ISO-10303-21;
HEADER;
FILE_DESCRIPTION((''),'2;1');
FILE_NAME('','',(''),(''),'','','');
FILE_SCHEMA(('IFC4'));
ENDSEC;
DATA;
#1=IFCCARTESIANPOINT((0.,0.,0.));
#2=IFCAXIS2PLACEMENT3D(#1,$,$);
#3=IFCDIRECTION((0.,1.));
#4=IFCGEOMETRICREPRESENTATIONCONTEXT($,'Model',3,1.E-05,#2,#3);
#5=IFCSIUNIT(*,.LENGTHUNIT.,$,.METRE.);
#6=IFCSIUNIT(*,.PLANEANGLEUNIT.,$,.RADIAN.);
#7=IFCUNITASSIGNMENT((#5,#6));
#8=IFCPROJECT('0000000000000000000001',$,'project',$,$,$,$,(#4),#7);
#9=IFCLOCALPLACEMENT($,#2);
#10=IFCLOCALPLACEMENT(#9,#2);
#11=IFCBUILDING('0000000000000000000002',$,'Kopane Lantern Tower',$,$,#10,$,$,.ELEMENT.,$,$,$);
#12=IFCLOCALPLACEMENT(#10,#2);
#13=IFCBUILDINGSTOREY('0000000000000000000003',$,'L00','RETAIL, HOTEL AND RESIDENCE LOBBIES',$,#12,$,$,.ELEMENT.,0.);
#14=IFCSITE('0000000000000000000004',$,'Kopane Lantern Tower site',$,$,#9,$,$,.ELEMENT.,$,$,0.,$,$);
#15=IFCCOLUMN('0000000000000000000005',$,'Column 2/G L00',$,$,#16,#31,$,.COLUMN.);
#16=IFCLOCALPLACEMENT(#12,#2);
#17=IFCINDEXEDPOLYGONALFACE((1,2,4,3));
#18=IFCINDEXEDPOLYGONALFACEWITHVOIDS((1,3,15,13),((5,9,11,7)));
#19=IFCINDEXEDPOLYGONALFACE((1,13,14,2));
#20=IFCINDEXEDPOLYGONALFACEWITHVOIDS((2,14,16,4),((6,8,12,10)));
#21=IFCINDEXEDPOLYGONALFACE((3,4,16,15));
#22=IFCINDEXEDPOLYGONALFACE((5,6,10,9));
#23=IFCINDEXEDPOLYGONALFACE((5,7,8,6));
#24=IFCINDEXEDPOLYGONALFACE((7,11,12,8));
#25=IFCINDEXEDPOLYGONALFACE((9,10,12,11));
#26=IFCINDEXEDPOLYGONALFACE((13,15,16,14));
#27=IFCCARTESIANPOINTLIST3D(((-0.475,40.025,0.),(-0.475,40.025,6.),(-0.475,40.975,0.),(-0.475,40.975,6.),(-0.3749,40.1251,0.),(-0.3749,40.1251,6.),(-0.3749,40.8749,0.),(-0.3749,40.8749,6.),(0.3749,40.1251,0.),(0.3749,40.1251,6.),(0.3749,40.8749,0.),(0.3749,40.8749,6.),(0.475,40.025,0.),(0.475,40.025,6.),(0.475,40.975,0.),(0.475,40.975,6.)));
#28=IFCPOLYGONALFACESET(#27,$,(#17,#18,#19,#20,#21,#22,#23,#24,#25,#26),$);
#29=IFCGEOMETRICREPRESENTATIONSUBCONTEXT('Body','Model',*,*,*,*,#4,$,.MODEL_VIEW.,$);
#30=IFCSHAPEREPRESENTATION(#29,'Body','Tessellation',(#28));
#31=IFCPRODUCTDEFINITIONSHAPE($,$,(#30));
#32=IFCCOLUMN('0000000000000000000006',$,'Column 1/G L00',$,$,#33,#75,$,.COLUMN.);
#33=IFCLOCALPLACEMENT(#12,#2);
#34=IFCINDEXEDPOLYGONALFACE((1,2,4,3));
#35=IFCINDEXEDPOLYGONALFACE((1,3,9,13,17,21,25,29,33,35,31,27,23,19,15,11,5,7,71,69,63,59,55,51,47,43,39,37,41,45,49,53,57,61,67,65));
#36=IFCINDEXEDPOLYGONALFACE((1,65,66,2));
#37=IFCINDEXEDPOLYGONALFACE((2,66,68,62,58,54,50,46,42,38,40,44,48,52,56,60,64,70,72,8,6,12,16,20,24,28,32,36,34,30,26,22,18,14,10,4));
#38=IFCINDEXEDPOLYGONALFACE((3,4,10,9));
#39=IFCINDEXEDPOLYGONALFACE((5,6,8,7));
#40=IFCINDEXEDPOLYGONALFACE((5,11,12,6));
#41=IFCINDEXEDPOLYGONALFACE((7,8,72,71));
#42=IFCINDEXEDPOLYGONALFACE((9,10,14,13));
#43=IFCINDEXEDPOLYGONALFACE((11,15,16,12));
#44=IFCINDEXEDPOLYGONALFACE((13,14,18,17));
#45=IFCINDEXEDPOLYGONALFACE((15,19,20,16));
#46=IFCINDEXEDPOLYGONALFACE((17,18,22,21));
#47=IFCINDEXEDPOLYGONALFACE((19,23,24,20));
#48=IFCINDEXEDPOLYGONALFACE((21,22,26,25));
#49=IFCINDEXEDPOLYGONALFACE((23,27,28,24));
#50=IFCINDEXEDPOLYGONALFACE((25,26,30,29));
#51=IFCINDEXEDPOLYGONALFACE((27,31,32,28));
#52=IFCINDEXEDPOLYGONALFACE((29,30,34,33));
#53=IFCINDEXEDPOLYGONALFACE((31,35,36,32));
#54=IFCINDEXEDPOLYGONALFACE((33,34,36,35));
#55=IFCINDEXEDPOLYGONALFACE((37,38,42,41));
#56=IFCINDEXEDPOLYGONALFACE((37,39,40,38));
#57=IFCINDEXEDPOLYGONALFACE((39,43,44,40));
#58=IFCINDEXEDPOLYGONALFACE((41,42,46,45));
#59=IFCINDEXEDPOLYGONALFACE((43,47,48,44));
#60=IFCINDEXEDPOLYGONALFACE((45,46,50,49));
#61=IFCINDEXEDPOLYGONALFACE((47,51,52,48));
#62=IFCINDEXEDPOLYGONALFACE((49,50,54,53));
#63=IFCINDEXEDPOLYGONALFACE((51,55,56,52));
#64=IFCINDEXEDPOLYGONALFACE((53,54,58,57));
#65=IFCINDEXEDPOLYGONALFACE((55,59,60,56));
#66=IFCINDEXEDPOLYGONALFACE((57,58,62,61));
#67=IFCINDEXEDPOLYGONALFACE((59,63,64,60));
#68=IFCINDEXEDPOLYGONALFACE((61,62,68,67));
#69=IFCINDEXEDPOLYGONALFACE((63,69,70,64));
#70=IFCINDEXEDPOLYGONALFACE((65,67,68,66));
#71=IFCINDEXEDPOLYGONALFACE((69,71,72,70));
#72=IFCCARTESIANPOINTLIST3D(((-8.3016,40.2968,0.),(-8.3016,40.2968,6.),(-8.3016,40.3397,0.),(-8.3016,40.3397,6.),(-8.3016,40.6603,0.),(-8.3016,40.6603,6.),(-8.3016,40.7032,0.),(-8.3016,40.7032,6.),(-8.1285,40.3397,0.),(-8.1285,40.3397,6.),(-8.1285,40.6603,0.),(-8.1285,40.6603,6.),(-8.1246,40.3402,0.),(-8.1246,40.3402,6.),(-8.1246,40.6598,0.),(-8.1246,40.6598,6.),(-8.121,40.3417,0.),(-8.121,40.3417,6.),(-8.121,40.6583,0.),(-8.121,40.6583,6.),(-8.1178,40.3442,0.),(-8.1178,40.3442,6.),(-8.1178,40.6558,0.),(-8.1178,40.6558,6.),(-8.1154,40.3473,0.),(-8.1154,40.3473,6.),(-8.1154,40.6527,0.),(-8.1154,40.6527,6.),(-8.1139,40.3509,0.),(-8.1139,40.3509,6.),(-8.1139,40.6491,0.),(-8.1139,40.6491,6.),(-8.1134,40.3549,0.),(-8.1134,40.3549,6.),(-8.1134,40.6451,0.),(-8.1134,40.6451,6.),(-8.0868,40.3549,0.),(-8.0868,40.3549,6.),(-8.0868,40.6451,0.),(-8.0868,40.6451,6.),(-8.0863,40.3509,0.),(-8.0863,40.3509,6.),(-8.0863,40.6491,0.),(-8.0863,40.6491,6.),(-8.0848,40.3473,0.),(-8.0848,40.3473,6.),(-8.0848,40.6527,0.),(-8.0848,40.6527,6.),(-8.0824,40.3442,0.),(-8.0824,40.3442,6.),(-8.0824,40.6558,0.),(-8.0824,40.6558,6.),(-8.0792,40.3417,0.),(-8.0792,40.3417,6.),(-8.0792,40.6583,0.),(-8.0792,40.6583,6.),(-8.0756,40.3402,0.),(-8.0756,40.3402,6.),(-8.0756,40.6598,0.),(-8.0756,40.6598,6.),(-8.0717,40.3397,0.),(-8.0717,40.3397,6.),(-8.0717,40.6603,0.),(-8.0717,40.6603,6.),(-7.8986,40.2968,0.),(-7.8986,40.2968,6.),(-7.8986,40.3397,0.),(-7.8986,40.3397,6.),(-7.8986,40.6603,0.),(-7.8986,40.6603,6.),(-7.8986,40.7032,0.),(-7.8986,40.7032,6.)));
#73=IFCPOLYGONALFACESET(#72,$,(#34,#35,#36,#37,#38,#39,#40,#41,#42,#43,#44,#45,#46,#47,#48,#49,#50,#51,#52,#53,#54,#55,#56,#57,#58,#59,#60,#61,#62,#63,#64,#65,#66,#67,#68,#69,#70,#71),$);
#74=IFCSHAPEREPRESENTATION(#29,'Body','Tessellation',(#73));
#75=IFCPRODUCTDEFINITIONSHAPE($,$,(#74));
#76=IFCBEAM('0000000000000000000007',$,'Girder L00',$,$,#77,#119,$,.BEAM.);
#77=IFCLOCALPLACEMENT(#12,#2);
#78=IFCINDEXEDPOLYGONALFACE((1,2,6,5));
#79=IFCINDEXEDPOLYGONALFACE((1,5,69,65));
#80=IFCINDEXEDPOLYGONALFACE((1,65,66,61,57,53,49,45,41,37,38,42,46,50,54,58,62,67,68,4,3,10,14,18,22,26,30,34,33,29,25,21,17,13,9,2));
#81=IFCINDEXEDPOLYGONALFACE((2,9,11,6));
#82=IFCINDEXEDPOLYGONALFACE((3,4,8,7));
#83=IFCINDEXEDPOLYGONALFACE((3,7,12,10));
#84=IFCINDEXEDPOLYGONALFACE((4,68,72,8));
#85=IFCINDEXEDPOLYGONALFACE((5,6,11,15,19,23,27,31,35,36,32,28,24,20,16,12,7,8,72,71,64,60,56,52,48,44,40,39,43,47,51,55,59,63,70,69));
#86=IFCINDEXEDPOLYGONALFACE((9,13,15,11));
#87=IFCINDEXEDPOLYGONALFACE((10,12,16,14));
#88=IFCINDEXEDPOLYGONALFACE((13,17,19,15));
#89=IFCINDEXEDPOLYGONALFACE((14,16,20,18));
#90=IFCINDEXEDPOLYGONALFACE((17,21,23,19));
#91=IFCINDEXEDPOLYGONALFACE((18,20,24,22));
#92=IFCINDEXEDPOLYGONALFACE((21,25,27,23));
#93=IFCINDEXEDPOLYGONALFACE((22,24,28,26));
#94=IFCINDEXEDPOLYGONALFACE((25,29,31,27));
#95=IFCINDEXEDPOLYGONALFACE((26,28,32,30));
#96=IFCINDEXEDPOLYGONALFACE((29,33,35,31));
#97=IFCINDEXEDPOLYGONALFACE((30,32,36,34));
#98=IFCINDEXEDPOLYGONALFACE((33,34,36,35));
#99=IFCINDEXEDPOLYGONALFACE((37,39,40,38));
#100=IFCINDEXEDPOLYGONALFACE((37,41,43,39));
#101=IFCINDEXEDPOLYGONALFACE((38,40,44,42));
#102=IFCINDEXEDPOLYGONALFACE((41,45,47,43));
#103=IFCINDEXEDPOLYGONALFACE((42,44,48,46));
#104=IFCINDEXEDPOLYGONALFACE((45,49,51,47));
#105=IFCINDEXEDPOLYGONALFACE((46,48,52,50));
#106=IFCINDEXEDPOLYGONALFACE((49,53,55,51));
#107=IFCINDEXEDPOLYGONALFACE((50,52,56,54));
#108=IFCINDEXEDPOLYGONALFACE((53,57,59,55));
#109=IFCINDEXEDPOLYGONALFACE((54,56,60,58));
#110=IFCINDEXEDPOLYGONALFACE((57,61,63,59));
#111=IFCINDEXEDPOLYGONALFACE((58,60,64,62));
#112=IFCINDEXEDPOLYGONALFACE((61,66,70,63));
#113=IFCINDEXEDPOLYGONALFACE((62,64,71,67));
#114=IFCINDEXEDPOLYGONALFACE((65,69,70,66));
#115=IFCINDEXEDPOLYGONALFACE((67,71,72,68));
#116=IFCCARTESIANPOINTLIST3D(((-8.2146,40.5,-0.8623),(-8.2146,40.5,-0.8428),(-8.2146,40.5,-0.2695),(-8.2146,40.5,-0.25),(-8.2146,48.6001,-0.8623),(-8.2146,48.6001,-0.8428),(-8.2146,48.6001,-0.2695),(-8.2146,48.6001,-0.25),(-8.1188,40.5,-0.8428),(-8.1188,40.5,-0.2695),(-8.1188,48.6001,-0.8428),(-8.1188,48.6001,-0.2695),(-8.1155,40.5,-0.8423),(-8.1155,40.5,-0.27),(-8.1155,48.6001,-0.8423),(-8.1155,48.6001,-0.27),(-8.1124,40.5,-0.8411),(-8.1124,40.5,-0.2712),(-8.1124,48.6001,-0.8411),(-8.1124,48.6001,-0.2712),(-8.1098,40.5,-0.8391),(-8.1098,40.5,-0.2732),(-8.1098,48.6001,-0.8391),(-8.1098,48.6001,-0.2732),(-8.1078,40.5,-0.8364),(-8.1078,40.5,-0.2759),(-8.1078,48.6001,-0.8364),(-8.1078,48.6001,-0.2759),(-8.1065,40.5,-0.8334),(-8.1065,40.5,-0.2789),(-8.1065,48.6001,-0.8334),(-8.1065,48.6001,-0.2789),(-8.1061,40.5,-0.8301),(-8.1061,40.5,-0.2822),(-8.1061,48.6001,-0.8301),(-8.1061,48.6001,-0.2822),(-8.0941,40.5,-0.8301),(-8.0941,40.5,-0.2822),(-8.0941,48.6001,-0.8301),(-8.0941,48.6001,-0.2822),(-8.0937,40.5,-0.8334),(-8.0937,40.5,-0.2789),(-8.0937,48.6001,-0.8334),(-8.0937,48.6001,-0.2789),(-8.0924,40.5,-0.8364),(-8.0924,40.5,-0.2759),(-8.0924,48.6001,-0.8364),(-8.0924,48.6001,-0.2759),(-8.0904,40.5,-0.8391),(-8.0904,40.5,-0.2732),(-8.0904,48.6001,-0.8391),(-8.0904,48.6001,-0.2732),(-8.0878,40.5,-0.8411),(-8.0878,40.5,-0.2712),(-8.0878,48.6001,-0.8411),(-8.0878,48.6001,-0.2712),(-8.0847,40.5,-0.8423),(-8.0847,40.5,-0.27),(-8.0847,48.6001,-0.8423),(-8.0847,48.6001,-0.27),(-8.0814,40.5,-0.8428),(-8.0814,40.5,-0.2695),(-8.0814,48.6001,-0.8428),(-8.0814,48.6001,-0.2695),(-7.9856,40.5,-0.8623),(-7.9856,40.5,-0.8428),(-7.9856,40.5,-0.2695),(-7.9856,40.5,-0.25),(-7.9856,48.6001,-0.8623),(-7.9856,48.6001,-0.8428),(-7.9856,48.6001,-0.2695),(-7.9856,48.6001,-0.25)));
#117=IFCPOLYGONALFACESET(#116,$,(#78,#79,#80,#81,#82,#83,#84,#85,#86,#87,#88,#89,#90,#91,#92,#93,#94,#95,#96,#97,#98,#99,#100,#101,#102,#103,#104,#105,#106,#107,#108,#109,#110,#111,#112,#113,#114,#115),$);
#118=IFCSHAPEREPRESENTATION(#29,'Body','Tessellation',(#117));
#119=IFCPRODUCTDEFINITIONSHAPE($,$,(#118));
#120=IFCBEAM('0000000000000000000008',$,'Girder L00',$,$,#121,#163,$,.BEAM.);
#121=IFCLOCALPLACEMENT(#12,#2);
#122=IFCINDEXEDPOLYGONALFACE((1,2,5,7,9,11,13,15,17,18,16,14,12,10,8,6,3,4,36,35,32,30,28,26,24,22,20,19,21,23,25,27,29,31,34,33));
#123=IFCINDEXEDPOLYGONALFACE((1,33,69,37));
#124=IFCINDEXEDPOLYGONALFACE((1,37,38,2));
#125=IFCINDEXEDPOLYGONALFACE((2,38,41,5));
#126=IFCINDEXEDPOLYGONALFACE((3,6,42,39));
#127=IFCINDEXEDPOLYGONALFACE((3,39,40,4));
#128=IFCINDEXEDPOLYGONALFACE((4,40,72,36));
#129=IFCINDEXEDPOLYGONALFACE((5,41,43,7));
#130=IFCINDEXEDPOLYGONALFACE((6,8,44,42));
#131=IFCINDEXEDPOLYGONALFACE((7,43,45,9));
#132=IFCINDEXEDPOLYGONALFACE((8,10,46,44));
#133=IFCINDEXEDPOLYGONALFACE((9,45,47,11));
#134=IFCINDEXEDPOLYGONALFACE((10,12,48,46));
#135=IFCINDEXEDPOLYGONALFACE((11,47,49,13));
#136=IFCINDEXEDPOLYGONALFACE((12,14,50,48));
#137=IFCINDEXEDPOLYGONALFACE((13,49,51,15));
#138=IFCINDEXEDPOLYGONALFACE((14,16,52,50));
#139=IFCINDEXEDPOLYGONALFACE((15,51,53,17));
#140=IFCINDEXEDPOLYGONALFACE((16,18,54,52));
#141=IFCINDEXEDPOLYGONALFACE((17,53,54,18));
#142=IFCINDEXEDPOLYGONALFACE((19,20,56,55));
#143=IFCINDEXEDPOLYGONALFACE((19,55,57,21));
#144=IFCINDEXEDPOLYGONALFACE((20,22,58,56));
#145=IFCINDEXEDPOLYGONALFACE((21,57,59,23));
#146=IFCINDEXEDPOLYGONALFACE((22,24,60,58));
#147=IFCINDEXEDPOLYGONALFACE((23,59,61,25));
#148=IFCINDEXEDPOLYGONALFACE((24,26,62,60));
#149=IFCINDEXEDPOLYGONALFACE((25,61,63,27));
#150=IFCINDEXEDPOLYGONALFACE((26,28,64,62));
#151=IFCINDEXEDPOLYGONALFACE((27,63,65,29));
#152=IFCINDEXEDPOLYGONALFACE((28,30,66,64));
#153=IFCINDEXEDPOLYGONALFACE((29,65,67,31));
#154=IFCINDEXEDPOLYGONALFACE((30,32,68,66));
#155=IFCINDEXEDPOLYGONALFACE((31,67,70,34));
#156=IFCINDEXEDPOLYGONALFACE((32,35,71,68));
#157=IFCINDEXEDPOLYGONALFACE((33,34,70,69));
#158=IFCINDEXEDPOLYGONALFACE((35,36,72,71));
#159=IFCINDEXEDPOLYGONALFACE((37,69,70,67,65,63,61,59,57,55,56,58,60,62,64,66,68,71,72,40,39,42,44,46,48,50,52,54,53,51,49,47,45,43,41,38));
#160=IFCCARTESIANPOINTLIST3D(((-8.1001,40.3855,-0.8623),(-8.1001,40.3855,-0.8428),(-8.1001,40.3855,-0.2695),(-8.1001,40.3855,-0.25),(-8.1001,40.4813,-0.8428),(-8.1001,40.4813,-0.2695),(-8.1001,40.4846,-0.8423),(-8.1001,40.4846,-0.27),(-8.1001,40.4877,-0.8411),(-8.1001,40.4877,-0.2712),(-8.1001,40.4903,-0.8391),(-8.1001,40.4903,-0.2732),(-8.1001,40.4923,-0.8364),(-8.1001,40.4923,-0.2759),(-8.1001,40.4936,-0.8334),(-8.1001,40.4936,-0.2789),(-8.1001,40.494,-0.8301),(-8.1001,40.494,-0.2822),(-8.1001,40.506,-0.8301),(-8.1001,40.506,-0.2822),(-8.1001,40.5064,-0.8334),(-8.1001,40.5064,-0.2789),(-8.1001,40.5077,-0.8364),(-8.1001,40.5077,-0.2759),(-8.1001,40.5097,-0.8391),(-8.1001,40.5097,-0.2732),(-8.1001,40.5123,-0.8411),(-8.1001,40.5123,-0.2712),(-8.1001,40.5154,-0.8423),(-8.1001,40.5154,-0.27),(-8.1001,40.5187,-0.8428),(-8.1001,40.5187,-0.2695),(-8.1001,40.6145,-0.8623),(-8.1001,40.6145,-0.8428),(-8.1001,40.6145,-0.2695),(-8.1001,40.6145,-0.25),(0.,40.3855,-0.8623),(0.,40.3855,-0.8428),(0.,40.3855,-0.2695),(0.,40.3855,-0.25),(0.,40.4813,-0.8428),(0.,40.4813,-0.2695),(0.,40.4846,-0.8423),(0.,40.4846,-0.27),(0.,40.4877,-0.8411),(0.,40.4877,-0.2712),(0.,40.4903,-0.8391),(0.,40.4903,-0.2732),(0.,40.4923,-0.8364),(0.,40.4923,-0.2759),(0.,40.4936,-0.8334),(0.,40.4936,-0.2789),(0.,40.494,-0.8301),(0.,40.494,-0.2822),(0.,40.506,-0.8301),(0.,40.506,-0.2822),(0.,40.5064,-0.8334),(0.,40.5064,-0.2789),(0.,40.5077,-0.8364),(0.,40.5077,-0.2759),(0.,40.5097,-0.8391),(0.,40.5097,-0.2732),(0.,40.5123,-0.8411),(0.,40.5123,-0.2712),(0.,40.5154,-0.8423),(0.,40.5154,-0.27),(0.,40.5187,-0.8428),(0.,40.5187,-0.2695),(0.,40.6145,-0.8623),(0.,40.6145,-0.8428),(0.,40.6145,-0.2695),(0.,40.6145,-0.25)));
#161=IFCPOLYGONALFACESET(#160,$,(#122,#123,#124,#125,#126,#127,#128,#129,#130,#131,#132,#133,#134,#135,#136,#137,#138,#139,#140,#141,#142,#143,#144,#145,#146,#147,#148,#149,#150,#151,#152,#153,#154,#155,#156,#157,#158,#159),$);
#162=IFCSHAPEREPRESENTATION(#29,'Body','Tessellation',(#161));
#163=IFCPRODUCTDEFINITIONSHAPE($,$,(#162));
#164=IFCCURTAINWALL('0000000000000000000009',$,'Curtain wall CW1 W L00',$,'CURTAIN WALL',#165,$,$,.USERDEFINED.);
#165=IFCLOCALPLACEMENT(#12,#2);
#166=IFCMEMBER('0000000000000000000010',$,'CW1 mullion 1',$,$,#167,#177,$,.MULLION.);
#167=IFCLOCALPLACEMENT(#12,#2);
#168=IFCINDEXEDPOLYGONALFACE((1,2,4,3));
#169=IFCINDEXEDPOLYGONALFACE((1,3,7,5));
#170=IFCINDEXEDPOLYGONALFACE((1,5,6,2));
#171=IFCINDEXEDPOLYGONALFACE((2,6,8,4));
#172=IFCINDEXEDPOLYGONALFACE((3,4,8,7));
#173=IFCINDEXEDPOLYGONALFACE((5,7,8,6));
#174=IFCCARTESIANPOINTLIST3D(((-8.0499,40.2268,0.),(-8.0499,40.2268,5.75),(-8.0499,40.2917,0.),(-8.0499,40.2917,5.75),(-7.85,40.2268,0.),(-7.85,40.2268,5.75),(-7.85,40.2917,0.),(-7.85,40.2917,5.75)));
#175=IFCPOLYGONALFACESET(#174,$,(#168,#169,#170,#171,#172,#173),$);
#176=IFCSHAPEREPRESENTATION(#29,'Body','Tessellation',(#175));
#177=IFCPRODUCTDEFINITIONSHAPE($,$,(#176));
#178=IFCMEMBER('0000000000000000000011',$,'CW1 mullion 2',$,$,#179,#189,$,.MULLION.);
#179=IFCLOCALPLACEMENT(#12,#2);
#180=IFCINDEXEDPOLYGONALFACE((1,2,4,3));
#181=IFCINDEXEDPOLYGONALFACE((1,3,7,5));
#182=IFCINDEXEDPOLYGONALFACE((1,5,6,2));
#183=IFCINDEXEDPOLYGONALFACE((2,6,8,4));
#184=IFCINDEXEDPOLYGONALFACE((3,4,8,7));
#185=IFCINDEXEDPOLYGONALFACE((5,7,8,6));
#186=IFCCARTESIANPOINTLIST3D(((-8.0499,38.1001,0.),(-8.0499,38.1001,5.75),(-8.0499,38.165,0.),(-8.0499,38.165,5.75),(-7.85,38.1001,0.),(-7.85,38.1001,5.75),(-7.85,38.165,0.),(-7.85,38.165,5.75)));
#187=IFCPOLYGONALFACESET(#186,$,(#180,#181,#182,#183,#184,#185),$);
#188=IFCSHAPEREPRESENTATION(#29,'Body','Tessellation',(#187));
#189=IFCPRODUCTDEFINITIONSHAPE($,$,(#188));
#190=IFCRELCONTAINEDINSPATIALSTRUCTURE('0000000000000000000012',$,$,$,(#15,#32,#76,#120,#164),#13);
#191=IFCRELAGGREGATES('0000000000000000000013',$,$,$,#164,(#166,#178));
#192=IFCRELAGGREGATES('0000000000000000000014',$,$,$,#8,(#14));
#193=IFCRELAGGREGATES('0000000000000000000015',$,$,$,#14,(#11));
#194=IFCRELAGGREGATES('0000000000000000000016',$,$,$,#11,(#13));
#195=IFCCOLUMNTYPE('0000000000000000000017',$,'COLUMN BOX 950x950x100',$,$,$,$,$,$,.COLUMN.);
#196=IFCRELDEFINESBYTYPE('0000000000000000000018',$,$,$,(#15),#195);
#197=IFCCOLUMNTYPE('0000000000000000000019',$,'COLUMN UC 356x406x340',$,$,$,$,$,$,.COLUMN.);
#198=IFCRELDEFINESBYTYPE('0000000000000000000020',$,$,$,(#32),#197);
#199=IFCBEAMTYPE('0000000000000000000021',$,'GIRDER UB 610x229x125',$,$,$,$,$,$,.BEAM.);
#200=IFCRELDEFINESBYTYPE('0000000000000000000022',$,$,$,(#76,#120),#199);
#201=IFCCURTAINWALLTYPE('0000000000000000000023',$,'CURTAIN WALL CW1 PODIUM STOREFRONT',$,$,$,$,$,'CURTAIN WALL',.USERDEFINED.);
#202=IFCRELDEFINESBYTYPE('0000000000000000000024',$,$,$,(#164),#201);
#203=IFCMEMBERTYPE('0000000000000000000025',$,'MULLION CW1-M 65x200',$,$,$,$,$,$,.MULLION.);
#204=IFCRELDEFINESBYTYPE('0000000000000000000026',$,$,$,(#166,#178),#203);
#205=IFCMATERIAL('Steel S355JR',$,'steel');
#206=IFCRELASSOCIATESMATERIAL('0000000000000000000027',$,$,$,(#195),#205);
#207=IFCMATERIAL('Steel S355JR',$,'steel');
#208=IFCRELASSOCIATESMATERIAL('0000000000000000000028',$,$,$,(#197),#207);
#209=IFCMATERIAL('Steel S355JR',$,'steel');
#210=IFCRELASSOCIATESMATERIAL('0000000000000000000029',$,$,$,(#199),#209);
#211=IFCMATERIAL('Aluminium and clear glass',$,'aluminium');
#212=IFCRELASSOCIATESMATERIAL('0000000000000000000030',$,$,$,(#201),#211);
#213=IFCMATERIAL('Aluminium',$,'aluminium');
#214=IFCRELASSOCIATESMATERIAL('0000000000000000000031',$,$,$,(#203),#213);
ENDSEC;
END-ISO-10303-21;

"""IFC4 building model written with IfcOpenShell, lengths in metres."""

from ifc_helpers import new_model, si_unit, direction, frame, origin, origin_2d, place, context, subcontext, project, spatial, rectangle, hollow_rectangle, i_section, extrude, material, material_profile, profile_set, type_object, element, aggregate, save


model = new_model("IFC4")

# Units and contexts
model_context = context("Model", 3, precision=1e-05, world=origin(), true_north=direction((0.0, 1.0)))
body_context = subcontext(model_context, "Body", "Model", "MODEL_VIEW")
ifc_project = project(units=[si_unit("LENGTHUNIT", "METRE"), si_unit("PLANEANGLEUNIT", "RADIAN")], contexts=[model_context])

# Site, building, storey
site_placement = place(None, origin())
site = spatial("IfcSite", under=ifc_project, at=site_placement, Name="Kopane Lantern Tower site", CompositionType="ELEMENT", RefElevation=0.0)
building_placement = place(site_placement, origin())
building = spatial("IfcBuilding", under=site, at=building_placement, Name="Kopane Lantern Tower", CompositionType="ELEMENT")
storey_placement = place(building_placement, origin())
storey = spatial("IfcBuildingStorey", under=building, at=storey_placement, Name="L00", Description="RETAIL, HOTEL AND RESIDENCE LOBBIES", CompositionType="ELEMENT", Elevation=0.0)

# Columns
ifc_material_1 = material(Name="Steel S355JR", Category="steel")
ifc_material_profile_1 = material_profile(ifc_material_1, hollow_rectangle(XDim=0.95, YDim=0.95, WallThickness=0.1001, at=origin_2d()), Name="BOX 950x950x100")
ifc_profile_set_1 = profile_set([ifc_material_profile_1], Name="Steel S355JR")
column_type_1 = type_object("IfcColumnType", Name="COLUMN BOX 950x950x100", PredefinedType="COLUMN", material=ifc_profile_set_1)
column_1_placement = place(storey_placement, frame((0.0, 40.5, 0.0), z_axis=(0.0, 0.0, 1.0), x_axis=(1.0, 0.0, 0.0)))
element("IfcColumn", 1, at=column_1_placement, inside=storey, type_object=column_type_1, Name="Column 2/G L00", PredefinedType="COLUMN", context=body_context, shape_type="SweptSolid", body=[
    extrude(hollow_rectangle(XDim=0.95, YDim=0.95, WallThickness=0.1001, at=origin_2d()), origin(), (0.0, 0.0, 1.0), 6.0),
])
ifc_material_2 = material(Name="Steel S355JR", Category="steel")
ifc_material_profile_2 = material_profile(ifc_material_2, i_section(OverallWidth=0.4031, OverallDepth=0.4065, WebThickness=0.0266, FlangeThickness=0.043, FilletRadius=0.0151, at=origin_2d()), Name="UC 356x406x340")
ifc_profile_set_2 = profile_set([ifc_material_profile_2], Name="Steel S355JR")
column_type_2 = type_object("IfcColumnType", Name="COLUMN UC 356x406x340", PredefinedType="COLUMN", material=ifc_profile_set_2)
column_2_placement = place(storey_placement, frame((-8.1001, 40.5, 0.0), z_axis=(0.0, 0.0, 1.0), x_axis=(1.0, 0.0, 0.0)))
element("IfcColumn", 2, at=column_2_placement, inside=storey, type_object=column_type_2, Name="Column 1/G L00", PredefinedType="COLUMN", context=body_context, shape_type="SweptSolid", body=[
    extrude(i_section(OverallWidth=0.4031, OverallDepth=0.4065, WebThickness=0.0266, FlangeThickness=0.043, FilletRadius=0.0151, at=origin_2d()), origin(), (0.0, 0.0, 1.0), 6.0),
])

# Beams
ifc_material_3 = material(Name="Steel S355JR", Category="steel")
ifc_material_profile_3 = material_profile(ifc_material_3, i_section(OverallWidth=0.229, OverallDepth=0.6123, WebThickness=0.012, FlangeThickness=0.0195, FilletRadius=0.0127, at=origin_2d()), Name="UB 610x229x125")
ifc_profile_set_3 = profile_set([ifc_material_profile_3], Name="Steel S355JR")
beam_type = type_object("IfcBeamType", Name="GIRDER UB 610x229x125", PredefinedType="BEAM", material=ifc_profile_set_3)
for number, where, z_axis, x_axis, name in (
    (3, (-8.1001, 40.5, -0.5562), (0.0, 1.0, 0.0), (-1.0, 0.0, 0.0), "Girder L00"),
    (4, (-8.1001, 40.5, -0.5562), (1.0, 0.0, 0.0), (0.0, 1.0, 0.0), "Girder L00"),
):
    element("IfcBeam", number, at=place(storey_placement, frame(where, z_axis=z_axis, x_axis=x_axis)), inside=storey, type_object=beam_type, Name=name, PredefinedType="BEAM", context=body_context, shape_type="SweptSolid", body=[
        extrude(i_section(OverallWidth=0.229, OverallDepth=0.6123, WebThickness=0.012, FlangeThickness=0.0195, FilletRadius=0.0127, at=origin_2d()), origin(), (0.0, 0.0, 1.0), 8.1001),
    ])

# Curtain wall, members
ifc_material_4 = material(Name="Aluminium and clear glass", Category="aluminium")
curtain_wall_type = type_object("IfcCurtainWallType", Name="CURTAIN WALL CW1 PODIUM STOREFRONT", ElementType="CURTAIN WALL", PredefinedType="USERDEFINED", material=ifc_material_4)
curtain_wall_1_placement = place(storey_placement, origin())
curtain_wall_1 = element("IfcCurtainWall", 5, at=curtain_wall_1_placement, inside=storey, type_object=curtain_wall_type, Name="Curtain wall CW1 W L00", ObjectType="CURTAIN WALL", PredefinedType="USERDEFINED")
ifc_material_5 = material(Name="Aluminium", Category="aluminium")
ifc_material_profile_4 = material_profile(ifc_material_5, rectangle(XDim=0.0649, YDim=0.2, at=origin_2d()), Name="AL 65x200")
ifc_profile_set_4 = profile_set([ifc_material_profile_4], Name="Aluminium")
member_type_1 = type_object("IfcMemberType", Name="MULLION CW1-M 65x200", PredefinedType="MULLION", material=ifc_profile_set_4)
member_1_placement = place(storey_placement, frame((-7.95, 40.2593, 0.0), z_axis=(0.0, 0.0, 1.0), x_axis=(0.0, -1.0, 0.0)))
member_1 = element("IfcMember", 6, at=member_1_placement, type_object=member_type_1, Name="CW1 mullion 1", PredefinedType="MULLION", context=body_context, shape_type="SweptSolid", body=[
    extrude(rectangle(XDim=0.0649, YDim=0.2, at=origin_2d()), origin(), (0.0, 0.0, 1.0), 5.75),
])
member_2_placement = place(storey_placement, frame((-7.95, 38.1326, 0.0), z_axis=(0.0, 0.0, 1.0), x_axis=(0.0, -1.0, 0.0)))
member_2 = element("IfcMember", 7, at=member_2_placement, type_object=member_type_1, Name="CW1 mullion 2", PredefinedType="MULLION", context=body_context, shape_type="SweptSolid", body=[
    extrude(rectangle(XDim=0.0649, YDim=0.2, at=origin_2d()), origin(), (0.0, 0.0, 1.0), 5.75),
])

aggregate(curtain_wall_1, [member_1, member_2])

save(model, "model.ifc")
